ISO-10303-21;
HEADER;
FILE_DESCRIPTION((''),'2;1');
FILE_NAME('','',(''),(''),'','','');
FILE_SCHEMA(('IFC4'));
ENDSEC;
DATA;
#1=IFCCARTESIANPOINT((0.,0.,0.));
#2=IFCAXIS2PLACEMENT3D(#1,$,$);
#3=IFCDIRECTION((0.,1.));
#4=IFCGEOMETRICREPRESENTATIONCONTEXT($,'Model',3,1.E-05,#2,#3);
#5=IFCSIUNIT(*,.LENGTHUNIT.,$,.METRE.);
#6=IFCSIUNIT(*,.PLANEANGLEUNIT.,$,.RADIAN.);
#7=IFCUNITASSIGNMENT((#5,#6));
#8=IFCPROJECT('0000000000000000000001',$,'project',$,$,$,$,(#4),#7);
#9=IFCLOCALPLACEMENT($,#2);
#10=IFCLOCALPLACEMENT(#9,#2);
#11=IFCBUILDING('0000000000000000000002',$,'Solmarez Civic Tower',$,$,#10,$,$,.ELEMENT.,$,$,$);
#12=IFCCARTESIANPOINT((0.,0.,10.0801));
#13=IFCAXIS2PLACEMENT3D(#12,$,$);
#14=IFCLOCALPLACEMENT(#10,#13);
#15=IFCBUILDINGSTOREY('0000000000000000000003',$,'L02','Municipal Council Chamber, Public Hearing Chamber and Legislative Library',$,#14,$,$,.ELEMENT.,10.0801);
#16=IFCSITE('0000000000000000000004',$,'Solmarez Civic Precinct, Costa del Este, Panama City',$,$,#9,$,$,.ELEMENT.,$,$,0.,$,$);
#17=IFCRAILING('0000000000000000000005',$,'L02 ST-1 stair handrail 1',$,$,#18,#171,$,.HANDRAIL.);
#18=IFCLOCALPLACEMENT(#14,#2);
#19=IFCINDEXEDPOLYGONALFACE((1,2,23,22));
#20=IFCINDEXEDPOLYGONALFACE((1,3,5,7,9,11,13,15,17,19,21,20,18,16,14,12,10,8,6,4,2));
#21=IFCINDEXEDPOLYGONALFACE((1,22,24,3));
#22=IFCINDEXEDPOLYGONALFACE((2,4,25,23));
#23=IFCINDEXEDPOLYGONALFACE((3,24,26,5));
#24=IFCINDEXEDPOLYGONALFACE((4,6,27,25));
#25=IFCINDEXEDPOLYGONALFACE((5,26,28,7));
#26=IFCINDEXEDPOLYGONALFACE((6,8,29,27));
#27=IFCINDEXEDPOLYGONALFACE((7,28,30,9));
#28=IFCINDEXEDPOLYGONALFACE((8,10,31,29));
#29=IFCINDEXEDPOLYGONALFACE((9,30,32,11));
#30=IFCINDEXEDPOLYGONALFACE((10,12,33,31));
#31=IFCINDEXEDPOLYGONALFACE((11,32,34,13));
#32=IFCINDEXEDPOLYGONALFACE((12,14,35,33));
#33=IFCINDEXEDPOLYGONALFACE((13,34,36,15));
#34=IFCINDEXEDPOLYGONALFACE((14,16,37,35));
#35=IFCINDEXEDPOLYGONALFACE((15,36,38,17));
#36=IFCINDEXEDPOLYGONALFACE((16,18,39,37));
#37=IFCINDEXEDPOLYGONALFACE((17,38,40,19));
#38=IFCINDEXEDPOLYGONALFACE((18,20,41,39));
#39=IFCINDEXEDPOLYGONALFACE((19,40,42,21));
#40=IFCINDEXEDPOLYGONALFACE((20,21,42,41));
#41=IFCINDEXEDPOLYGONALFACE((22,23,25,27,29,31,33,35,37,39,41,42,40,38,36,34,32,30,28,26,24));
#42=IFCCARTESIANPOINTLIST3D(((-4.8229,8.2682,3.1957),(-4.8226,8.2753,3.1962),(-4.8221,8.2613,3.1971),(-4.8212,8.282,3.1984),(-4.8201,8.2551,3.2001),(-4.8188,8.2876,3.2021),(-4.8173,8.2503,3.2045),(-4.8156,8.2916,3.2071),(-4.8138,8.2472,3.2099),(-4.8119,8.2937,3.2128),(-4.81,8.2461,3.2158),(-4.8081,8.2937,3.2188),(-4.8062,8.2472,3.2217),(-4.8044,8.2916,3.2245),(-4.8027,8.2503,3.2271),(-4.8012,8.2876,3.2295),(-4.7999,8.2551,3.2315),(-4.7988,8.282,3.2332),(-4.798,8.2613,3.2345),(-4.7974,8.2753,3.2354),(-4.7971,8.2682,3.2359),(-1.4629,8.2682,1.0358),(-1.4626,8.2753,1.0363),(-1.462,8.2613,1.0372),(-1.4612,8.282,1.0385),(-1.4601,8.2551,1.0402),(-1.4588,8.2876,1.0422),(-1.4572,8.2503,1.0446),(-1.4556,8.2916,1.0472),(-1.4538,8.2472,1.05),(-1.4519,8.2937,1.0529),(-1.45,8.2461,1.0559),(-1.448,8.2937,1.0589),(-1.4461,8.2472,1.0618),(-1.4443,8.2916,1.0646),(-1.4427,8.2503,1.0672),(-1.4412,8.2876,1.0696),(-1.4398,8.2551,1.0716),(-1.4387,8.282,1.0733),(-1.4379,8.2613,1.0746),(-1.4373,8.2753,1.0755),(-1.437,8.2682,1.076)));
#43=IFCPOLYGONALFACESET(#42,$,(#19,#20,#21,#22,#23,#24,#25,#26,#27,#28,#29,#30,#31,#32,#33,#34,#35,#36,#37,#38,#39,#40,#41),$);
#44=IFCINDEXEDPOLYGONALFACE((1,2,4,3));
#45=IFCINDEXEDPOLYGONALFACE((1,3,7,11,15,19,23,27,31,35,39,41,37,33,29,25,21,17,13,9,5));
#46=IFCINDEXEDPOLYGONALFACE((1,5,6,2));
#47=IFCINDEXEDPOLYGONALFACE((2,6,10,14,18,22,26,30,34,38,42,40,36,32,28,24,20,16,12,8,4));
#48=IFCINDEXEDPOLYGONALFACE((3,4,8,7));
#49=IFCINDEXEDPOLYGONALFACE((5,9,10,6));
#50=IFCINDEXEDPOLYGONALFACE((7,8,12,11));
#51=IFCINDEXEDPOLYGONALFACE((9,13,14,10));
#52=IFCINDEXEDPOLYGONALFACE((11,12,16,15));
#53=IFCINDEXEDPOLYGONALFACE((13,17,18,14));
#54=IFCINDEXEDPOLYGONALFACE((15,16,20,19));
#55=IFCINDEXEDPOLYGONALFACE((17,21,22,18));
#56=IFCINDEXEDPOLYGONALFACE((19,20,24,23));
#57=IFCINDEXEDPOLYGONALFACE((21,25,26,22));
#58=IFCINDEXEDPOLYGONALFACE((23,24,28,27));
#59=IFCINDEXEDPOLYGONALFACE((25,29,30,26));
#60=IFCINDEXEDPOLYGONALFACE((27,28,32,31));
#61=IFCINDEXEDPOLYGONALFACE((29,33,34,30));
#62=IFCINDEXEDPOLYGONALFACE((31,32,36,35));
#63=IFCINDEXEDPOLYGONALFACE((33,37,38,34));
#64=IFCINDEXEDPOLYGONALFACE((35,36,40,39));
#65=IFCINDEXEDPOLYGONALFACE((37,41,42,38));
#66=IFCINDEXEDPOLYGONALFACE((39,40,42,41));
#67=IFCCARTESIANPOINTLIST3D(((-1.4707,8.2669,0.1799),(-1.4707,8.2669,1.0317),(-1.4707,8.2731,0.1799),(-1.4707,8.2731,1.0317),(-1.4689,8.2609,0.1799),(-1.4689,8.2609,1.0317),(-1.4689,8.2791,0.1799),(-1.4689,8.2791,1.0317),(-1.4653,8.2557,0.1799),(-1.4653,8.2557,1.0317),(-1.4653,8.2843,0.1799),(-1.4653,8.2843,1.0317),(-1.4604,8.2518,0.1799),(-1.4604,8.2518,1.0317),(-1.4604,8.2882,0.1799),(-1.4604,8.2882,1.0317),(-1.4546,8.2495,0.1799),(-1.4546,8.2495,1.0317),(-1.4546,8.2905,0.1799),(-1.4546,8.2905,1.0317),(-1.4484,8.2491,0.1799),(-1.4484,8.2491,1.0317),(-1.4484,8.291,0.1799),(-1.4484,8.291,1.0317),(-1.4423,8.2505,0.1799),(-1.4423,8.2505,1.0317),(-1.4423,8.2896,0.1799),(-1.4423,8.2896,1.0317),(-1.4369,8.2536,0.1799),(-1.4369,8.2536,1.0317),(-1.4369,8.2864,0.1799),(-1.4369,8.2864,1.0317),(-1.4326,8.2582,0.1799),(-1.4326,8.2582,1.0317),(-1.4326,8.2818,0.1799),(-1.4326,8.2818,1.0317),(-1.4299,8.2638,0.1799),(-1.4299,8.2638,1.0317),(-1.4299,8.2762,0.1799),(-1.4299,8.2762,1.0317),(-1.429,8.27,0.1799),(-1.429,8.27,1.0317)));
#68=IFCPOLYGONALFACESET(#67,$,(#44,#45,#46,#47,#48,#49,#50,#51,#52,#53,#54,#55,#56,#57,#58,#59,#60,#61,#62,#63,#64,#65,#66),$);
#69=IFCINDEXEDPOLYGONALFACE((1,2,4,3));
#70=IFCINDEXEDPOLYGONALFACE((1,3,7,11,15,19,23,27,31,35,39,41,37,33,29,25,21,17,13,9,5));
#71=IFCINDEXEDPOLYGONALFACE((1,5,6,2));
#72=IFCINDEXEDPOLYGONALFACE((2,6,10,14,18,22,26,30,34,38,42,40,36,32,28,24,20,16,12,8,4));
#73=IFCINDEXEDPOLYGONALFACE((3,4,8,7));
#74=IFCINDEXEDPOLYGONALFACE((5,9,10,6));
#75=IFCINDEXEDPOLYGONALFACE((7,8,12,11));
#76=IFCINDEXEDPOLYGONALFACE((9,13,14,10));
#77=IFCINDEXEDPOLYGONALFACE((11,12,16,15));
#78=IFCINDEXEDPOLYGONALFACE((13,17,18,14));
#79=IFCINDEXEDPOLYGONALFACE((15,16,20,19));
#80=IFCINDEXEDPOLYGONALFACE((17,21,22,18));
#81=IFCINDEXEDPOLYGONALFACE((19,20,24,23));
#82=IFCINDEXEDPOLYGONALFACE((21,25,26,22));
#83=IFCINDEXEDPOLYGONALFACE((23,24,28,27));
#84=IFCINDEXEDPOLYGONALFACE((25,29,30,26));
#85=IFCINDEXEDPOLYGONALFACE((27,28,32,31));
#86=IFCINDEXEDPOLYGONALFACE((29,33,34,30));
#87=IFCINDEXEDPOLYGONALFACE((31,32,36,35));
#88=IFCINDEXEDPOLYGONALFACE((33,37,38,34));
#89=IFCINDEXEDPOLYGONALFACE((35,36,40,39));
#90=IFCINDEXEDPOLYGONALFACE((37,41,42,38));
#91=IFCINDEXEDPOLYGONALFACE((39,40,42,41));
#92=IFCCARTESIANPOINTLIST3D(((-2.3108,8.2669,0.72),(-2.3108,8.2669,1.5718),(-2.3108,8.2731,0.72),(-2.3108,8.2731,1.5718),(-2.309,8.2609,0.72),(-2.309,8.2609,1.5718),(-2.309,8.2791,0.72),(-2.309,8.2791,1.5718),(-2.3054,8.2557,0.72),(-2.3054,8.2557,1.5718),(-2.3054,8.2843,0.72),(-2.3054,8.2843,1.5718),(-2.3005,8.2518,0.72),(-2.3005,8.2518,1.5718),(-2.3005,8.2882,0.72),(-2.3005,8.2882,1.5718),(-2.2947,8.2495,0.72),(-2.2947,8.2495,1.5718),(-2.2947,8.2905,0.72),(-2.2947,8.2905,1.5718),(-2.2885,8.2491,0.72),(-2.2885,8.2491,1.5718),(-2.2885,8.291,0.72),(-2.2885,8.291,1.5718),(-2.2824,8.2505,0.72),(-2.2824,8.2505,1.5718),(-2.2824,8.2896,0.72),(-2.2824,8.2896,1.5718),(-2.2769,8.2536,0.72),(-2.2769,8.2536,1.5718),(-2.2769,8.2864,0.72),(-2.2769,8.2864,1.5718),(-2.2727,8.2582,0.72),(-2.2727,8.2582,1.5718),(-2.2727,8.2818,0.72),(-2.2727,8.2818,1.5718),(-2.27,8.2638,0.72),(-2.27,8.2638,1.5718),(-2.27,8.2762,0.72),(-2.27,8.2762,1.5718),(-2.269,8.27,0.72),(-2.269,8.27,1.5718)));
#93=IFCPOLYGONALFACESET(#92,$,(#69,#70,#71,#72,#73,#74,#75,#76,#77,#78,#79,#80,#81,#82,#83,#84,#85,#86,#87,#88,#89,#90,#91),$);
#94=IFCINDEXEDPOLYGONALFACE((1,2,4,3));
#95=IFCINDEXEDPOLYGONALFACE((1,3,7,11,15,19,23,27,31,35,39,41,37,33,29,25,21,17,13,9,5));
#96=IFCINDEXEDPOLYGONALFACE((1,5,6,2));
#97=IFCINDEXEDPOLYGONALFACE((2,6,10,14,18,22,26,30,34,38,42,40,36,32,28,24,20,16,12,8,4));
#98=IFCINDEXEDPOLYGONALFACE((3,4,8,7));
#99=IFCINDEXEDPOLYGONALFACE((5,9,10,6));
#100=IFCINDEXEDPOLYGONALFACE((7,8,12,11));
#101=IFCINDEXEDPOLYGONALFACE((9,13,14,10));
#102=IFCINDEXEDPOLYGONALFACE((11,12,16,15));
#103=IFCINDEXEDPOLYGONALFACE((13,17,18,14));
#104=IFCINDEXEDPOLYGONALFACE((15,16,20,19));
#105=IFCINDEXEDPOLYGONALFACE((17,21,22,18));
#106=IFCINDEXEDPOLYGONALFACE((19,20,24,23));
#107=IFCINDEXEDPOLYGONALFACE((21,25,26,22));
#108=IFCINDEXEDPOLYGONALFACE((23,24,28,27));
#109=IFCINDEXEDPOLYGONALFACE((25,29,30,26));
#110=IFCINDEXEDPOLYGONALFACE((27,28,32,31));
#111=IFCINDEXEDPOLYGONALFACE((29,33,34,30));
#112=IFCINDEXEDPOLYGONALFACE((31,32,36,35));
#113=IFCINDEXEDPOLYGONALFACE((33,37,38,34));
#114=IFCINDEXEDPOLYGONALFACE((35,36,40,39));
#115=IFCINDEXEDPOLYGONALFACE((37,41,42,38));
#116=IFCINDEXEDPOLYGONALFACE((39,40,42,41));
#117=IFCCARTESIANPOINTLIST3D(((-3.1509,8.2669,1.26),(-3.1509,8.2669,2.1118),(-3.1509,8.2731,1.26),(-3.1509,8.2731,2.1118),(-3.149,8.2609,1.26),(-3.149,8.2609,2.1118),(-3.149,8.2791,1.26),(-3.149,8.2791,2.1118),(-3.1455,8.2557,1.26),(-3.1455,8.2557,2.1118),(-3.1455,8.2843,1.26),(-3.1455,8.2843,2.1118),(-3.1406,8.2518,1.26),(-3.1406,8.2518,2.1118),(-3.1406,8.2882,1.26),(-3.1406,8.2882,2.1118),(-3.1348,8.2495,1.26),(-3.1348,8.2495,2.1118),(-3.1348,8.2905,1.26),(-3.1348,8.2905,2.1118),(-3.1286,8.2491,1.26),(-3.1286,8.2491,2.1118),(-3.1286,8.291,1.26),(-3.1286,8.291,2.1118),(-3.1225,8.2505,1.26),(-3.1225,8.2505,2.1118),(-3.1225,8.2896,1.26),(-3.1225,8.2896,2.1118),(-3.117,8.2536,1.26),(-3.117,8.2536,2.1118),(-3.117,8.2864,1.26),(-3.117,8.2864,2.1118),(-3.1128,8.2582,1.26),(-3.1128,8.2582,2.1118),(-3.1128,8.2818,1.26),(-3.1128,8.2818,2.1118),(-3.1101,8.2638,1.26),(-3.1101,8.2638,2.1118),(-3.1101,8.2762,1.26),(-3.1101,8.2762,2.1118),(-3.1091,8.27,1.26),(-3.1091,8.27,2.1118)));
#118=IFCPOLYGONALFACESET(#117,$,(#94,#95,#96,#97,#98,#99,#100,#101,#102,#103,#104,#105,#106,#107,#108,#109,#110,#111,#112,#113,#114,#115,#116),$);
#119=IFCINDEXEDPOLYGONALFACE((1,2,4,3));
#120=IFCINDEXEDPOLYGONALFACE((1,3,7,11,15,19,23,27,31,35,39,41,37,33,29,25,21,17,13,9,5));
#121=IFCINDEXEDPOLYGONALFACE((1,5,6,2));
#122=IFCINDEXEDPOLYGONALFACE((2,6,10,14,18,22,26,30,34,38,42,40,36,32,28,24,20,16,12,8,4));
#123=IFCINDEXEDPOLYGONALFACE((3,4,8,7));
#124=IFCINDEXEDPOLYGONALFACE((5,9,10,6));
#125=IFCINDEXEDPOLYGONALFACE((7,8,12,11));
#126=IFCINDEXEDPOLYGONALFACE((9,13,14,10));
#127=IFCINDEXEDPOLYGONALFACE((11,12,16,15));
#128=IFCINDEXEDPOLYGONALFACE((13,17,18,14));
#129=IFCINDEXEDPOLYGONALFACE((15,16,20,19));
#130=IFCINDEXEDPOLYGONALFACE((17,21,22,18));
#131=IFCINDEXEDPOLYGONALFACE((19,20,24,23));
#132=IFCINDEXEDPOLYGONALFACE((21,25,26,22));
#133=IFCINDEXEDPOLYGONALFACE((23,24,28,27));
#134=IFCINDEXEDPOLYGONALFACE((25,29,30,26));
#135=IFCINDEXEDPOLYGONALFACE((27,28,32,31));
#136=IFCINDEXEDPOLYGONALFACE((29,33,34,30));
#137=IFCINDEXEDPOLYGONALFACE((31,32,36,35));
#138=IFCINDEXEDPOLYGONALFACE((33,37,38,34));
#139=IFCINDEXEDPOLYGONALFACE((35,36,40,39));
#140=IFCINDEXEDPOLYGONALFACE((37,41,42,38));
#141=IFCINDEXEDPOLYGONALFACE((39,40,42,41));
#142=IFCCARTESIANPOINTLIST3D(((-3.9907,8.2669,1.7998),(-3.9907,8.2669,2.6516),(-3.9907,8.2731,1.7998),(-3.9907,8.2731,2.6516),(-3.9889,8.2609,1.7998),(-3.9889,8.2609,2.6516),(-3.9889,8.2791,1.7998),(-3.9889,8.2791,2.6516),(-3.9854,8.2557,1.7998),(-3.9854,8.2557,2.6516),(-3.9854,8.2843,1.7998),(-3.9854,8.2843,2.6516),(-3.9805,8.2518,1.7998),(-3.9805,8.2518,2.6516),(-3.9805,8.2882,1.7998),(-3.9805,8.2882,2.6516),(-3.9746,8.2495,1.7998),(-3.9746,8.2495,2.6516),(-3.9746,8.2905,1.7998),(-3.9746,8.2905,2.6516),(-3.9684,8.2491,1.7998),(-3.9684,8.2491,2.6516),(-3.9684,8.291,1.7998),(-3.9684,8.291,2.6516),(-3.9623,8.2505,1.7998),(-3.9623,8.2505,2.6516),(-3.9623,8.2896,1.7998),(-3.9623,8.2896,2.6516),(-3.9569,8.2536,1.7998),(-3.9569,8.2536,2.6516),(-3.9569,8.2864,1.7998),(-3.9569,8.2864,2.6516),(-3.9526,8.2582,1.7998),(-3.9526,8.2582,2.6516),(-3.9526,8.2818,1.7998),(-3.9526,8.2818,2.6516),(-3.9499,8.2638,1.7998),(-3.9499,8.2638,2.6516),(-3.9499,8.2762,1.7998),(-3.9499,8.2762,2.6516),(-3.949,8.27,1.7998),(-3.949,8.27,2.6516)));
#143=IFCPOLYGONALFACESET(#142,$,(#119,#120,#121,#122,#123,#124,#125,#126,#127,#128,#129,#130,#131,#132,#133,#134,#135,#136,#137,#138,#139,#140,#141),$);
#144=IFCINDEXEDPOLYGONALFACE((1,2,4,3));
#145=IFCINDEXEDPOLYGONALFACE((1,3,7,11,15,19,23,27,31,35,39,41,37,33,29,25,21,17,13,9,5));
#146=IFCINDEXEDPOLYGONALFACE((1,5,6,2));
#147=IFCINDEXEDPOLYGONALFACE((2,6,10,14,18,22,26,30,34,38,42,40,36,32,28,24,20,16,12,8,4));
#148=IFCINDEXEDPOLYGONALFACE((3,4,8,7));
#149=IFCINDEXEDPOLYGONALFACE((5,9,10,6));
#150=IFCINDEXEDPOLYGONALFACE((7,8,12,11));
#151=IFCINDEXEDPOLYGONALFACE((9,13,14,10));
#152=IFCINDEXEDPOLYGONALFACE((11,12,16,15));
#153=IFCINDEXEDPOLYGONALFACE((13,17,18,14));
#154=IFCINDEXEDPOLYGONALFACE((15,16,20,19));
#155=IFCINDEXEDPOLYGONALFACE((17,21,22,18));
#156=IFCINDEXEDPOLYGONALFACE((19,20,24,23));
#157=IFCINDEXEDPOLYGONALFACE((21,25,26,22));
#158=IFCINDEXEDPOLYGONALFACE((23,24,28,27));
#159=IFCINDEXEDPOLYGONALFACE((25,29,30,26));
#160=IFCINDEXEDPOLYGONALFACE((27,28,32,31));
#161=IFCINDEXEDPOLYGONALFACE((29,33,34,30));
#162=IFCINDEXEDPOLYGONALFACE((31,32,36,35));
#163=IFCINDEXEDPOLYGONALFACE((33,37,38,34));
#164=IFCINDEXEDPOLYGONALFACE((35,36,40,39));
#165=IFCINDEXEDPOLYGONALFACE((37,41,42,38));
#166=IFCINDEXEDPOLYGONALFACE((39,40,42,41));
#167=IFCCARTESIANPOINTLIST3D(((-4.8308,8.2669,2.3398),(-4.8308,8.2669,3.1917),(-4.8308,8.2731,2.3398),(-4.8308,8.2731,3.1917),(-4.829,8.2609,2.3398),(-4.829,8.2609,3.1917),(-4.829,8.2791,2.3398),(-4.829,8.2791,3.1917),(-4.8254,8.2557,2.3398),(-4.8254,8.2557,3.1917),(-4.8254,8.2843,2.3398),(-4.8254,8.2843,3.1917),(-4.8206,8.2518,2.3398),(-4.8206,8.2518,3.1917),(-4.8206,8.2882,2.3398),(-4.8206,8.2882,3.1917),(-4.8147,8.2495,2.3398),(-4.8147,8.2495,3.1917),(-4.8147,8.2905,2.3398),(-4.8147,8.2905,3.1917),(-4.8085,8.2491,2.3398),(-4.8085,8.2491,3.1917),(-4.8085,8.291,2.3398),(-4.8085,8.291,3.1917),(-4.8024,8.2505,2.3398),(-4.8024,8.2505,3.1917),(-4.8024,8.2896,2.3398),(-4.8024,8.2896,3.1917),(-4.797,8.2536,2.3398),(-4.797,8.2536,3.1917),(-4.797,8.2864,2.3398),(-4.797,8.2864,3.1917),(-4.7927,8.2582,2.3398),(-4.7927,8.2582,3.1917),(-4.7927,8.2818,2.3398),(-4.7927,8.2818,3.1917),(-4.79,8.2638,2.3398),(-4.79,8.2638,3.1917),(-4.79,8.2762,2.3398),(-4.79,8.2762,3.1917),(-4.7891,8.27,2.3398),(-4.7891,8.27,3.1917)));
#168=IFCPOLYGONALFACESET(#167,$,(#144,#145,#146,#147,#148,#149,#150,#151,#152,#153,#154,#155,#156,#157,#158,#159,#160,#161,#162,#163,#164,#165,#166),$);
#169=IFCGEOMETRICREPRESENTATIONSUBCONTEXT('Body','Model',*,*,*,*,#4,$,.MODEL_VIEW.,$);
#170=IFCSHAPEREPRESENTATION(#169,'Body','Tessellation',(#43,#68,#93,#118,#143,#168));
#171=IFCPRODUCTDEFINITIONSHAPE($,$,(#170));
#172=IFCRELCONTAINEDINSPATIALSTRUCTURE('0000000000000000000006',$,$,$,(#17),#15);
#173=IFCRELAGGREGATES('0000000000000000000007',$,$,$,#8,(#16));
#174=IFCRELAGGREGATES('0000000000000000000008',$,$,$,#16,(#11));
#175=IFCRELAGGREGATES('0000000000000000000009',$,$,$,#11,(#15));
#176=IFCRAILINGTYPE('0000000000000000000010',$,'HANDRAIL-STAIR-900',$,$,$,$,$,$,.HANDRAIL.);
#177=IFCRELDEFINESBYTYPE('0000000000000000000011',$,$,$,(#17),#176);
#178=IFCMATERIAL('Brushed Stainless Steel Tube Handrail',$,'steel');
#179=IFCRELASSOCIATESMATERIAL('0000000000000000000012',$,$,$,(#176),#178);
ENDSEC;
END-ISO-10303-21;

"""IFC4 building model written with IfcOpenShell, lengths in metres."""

from ifc_helpers import new_model, si_unit, direction, frame, origin, origin_2d, place, context, subcontext, project, spatial, circle, extrude, material, type_object, element, save


model = new_model("IFC4")

# Units and contexts
model_context = context("Model", 3, precision=1e-05, world=origin(), true_north=direction((0.0, 1.0)))
body_context = subcontext(model_context, "Body", "Model", "MODEL_VIEW")
ifc_project = project(units=[si_unit("LENGTHUNIT", "METRE"), si_unit("PLANEANGLEUNIT", "RADIAN")], contexts=[model_context])

# Site, building, storey
site_placement = place(None, origin())
site = spatial("IfcSite", under=ifc_project, at=site_placement, Name="Solmarez Civic Precinct, Costa del Este, Panama City", CompositionType="ELEMENT", RefElevation=0.0)
building_placement = place(site_placement, origin())
building = spatial("IfcBuilding", under=site, at=building_placement, Name="Solmarez Civic Tower", CompositionType="ELEMENT")
storey_placement = place(building_placement, frame((0.0, 0.0, 10.0801)))
storey = spatial("IfcBuildingStorey", under=building, at=storey_placement, Name="L02", Description="Municipal Council Chamber, Public Hearing Chamber and Legislative Library", CompositionType="ELEMENT", Elevation=10.0801)

# Railing
ifc_material_1 = material(Name="Brushed Stainless Steel Tube Handrail", Category="steel")
railing_type_1 = type_object("IfcRailingType", Name="HANDRAIL-STAIR-900", PredefinedType="HANDRAIL", material=ifc_material_1)
railing_1_placement = place(storey_placement, frame((-1.45, 8.27, 0.1799)))
element("IfcRailing", 1, at=railing_1_placement, inside=storey, type_object=railing_type_1, Name="L02 ST-1 stair handrail 1", PredefinedType="HANDRAIL", context=body_context, shape_type="SweptSolid", body=[
    extrude(circle(Radius=0.0239, at=origin_2d()), frame((0.0, 0.0, 0.876), z_axis=(-0.841196, 0.0, 0.54073), x_axis=(0.0, -1.0, 0.0)), (0.0, 0.0, 1.0), 3.9944),
    extrude(circle(Radius=0.021, at=origin_2d()), origin(), (0.0, 0.0, 1.0), 0.8518),
    extrude(circle(Radius=0.021, at=origin_2d()), frame((-0.8401, 0.0, 0.54)), (0.0, 0.0, 1.0), 0.8518),
    extrude(circle(Radius=0.021, at=origin_2d()), frame((-1.6802, 0.0, 1.0801)), (0.0, 0.0, 1.0), 0.8518),
    extrude(circle(Radius=0.021, at=origin_2d()), frame((-2.52, 0.0, 1.6199)), (0.0, 0.0, 1.0), 0.8518),
    extrude(circle(Radius=0.021, at=origin_2d()), frame((-3.3601, 0.0, 2.1599)), (0.0, 0.0, 1.0), 0.8518),
])

save(model, "model.ifc")
